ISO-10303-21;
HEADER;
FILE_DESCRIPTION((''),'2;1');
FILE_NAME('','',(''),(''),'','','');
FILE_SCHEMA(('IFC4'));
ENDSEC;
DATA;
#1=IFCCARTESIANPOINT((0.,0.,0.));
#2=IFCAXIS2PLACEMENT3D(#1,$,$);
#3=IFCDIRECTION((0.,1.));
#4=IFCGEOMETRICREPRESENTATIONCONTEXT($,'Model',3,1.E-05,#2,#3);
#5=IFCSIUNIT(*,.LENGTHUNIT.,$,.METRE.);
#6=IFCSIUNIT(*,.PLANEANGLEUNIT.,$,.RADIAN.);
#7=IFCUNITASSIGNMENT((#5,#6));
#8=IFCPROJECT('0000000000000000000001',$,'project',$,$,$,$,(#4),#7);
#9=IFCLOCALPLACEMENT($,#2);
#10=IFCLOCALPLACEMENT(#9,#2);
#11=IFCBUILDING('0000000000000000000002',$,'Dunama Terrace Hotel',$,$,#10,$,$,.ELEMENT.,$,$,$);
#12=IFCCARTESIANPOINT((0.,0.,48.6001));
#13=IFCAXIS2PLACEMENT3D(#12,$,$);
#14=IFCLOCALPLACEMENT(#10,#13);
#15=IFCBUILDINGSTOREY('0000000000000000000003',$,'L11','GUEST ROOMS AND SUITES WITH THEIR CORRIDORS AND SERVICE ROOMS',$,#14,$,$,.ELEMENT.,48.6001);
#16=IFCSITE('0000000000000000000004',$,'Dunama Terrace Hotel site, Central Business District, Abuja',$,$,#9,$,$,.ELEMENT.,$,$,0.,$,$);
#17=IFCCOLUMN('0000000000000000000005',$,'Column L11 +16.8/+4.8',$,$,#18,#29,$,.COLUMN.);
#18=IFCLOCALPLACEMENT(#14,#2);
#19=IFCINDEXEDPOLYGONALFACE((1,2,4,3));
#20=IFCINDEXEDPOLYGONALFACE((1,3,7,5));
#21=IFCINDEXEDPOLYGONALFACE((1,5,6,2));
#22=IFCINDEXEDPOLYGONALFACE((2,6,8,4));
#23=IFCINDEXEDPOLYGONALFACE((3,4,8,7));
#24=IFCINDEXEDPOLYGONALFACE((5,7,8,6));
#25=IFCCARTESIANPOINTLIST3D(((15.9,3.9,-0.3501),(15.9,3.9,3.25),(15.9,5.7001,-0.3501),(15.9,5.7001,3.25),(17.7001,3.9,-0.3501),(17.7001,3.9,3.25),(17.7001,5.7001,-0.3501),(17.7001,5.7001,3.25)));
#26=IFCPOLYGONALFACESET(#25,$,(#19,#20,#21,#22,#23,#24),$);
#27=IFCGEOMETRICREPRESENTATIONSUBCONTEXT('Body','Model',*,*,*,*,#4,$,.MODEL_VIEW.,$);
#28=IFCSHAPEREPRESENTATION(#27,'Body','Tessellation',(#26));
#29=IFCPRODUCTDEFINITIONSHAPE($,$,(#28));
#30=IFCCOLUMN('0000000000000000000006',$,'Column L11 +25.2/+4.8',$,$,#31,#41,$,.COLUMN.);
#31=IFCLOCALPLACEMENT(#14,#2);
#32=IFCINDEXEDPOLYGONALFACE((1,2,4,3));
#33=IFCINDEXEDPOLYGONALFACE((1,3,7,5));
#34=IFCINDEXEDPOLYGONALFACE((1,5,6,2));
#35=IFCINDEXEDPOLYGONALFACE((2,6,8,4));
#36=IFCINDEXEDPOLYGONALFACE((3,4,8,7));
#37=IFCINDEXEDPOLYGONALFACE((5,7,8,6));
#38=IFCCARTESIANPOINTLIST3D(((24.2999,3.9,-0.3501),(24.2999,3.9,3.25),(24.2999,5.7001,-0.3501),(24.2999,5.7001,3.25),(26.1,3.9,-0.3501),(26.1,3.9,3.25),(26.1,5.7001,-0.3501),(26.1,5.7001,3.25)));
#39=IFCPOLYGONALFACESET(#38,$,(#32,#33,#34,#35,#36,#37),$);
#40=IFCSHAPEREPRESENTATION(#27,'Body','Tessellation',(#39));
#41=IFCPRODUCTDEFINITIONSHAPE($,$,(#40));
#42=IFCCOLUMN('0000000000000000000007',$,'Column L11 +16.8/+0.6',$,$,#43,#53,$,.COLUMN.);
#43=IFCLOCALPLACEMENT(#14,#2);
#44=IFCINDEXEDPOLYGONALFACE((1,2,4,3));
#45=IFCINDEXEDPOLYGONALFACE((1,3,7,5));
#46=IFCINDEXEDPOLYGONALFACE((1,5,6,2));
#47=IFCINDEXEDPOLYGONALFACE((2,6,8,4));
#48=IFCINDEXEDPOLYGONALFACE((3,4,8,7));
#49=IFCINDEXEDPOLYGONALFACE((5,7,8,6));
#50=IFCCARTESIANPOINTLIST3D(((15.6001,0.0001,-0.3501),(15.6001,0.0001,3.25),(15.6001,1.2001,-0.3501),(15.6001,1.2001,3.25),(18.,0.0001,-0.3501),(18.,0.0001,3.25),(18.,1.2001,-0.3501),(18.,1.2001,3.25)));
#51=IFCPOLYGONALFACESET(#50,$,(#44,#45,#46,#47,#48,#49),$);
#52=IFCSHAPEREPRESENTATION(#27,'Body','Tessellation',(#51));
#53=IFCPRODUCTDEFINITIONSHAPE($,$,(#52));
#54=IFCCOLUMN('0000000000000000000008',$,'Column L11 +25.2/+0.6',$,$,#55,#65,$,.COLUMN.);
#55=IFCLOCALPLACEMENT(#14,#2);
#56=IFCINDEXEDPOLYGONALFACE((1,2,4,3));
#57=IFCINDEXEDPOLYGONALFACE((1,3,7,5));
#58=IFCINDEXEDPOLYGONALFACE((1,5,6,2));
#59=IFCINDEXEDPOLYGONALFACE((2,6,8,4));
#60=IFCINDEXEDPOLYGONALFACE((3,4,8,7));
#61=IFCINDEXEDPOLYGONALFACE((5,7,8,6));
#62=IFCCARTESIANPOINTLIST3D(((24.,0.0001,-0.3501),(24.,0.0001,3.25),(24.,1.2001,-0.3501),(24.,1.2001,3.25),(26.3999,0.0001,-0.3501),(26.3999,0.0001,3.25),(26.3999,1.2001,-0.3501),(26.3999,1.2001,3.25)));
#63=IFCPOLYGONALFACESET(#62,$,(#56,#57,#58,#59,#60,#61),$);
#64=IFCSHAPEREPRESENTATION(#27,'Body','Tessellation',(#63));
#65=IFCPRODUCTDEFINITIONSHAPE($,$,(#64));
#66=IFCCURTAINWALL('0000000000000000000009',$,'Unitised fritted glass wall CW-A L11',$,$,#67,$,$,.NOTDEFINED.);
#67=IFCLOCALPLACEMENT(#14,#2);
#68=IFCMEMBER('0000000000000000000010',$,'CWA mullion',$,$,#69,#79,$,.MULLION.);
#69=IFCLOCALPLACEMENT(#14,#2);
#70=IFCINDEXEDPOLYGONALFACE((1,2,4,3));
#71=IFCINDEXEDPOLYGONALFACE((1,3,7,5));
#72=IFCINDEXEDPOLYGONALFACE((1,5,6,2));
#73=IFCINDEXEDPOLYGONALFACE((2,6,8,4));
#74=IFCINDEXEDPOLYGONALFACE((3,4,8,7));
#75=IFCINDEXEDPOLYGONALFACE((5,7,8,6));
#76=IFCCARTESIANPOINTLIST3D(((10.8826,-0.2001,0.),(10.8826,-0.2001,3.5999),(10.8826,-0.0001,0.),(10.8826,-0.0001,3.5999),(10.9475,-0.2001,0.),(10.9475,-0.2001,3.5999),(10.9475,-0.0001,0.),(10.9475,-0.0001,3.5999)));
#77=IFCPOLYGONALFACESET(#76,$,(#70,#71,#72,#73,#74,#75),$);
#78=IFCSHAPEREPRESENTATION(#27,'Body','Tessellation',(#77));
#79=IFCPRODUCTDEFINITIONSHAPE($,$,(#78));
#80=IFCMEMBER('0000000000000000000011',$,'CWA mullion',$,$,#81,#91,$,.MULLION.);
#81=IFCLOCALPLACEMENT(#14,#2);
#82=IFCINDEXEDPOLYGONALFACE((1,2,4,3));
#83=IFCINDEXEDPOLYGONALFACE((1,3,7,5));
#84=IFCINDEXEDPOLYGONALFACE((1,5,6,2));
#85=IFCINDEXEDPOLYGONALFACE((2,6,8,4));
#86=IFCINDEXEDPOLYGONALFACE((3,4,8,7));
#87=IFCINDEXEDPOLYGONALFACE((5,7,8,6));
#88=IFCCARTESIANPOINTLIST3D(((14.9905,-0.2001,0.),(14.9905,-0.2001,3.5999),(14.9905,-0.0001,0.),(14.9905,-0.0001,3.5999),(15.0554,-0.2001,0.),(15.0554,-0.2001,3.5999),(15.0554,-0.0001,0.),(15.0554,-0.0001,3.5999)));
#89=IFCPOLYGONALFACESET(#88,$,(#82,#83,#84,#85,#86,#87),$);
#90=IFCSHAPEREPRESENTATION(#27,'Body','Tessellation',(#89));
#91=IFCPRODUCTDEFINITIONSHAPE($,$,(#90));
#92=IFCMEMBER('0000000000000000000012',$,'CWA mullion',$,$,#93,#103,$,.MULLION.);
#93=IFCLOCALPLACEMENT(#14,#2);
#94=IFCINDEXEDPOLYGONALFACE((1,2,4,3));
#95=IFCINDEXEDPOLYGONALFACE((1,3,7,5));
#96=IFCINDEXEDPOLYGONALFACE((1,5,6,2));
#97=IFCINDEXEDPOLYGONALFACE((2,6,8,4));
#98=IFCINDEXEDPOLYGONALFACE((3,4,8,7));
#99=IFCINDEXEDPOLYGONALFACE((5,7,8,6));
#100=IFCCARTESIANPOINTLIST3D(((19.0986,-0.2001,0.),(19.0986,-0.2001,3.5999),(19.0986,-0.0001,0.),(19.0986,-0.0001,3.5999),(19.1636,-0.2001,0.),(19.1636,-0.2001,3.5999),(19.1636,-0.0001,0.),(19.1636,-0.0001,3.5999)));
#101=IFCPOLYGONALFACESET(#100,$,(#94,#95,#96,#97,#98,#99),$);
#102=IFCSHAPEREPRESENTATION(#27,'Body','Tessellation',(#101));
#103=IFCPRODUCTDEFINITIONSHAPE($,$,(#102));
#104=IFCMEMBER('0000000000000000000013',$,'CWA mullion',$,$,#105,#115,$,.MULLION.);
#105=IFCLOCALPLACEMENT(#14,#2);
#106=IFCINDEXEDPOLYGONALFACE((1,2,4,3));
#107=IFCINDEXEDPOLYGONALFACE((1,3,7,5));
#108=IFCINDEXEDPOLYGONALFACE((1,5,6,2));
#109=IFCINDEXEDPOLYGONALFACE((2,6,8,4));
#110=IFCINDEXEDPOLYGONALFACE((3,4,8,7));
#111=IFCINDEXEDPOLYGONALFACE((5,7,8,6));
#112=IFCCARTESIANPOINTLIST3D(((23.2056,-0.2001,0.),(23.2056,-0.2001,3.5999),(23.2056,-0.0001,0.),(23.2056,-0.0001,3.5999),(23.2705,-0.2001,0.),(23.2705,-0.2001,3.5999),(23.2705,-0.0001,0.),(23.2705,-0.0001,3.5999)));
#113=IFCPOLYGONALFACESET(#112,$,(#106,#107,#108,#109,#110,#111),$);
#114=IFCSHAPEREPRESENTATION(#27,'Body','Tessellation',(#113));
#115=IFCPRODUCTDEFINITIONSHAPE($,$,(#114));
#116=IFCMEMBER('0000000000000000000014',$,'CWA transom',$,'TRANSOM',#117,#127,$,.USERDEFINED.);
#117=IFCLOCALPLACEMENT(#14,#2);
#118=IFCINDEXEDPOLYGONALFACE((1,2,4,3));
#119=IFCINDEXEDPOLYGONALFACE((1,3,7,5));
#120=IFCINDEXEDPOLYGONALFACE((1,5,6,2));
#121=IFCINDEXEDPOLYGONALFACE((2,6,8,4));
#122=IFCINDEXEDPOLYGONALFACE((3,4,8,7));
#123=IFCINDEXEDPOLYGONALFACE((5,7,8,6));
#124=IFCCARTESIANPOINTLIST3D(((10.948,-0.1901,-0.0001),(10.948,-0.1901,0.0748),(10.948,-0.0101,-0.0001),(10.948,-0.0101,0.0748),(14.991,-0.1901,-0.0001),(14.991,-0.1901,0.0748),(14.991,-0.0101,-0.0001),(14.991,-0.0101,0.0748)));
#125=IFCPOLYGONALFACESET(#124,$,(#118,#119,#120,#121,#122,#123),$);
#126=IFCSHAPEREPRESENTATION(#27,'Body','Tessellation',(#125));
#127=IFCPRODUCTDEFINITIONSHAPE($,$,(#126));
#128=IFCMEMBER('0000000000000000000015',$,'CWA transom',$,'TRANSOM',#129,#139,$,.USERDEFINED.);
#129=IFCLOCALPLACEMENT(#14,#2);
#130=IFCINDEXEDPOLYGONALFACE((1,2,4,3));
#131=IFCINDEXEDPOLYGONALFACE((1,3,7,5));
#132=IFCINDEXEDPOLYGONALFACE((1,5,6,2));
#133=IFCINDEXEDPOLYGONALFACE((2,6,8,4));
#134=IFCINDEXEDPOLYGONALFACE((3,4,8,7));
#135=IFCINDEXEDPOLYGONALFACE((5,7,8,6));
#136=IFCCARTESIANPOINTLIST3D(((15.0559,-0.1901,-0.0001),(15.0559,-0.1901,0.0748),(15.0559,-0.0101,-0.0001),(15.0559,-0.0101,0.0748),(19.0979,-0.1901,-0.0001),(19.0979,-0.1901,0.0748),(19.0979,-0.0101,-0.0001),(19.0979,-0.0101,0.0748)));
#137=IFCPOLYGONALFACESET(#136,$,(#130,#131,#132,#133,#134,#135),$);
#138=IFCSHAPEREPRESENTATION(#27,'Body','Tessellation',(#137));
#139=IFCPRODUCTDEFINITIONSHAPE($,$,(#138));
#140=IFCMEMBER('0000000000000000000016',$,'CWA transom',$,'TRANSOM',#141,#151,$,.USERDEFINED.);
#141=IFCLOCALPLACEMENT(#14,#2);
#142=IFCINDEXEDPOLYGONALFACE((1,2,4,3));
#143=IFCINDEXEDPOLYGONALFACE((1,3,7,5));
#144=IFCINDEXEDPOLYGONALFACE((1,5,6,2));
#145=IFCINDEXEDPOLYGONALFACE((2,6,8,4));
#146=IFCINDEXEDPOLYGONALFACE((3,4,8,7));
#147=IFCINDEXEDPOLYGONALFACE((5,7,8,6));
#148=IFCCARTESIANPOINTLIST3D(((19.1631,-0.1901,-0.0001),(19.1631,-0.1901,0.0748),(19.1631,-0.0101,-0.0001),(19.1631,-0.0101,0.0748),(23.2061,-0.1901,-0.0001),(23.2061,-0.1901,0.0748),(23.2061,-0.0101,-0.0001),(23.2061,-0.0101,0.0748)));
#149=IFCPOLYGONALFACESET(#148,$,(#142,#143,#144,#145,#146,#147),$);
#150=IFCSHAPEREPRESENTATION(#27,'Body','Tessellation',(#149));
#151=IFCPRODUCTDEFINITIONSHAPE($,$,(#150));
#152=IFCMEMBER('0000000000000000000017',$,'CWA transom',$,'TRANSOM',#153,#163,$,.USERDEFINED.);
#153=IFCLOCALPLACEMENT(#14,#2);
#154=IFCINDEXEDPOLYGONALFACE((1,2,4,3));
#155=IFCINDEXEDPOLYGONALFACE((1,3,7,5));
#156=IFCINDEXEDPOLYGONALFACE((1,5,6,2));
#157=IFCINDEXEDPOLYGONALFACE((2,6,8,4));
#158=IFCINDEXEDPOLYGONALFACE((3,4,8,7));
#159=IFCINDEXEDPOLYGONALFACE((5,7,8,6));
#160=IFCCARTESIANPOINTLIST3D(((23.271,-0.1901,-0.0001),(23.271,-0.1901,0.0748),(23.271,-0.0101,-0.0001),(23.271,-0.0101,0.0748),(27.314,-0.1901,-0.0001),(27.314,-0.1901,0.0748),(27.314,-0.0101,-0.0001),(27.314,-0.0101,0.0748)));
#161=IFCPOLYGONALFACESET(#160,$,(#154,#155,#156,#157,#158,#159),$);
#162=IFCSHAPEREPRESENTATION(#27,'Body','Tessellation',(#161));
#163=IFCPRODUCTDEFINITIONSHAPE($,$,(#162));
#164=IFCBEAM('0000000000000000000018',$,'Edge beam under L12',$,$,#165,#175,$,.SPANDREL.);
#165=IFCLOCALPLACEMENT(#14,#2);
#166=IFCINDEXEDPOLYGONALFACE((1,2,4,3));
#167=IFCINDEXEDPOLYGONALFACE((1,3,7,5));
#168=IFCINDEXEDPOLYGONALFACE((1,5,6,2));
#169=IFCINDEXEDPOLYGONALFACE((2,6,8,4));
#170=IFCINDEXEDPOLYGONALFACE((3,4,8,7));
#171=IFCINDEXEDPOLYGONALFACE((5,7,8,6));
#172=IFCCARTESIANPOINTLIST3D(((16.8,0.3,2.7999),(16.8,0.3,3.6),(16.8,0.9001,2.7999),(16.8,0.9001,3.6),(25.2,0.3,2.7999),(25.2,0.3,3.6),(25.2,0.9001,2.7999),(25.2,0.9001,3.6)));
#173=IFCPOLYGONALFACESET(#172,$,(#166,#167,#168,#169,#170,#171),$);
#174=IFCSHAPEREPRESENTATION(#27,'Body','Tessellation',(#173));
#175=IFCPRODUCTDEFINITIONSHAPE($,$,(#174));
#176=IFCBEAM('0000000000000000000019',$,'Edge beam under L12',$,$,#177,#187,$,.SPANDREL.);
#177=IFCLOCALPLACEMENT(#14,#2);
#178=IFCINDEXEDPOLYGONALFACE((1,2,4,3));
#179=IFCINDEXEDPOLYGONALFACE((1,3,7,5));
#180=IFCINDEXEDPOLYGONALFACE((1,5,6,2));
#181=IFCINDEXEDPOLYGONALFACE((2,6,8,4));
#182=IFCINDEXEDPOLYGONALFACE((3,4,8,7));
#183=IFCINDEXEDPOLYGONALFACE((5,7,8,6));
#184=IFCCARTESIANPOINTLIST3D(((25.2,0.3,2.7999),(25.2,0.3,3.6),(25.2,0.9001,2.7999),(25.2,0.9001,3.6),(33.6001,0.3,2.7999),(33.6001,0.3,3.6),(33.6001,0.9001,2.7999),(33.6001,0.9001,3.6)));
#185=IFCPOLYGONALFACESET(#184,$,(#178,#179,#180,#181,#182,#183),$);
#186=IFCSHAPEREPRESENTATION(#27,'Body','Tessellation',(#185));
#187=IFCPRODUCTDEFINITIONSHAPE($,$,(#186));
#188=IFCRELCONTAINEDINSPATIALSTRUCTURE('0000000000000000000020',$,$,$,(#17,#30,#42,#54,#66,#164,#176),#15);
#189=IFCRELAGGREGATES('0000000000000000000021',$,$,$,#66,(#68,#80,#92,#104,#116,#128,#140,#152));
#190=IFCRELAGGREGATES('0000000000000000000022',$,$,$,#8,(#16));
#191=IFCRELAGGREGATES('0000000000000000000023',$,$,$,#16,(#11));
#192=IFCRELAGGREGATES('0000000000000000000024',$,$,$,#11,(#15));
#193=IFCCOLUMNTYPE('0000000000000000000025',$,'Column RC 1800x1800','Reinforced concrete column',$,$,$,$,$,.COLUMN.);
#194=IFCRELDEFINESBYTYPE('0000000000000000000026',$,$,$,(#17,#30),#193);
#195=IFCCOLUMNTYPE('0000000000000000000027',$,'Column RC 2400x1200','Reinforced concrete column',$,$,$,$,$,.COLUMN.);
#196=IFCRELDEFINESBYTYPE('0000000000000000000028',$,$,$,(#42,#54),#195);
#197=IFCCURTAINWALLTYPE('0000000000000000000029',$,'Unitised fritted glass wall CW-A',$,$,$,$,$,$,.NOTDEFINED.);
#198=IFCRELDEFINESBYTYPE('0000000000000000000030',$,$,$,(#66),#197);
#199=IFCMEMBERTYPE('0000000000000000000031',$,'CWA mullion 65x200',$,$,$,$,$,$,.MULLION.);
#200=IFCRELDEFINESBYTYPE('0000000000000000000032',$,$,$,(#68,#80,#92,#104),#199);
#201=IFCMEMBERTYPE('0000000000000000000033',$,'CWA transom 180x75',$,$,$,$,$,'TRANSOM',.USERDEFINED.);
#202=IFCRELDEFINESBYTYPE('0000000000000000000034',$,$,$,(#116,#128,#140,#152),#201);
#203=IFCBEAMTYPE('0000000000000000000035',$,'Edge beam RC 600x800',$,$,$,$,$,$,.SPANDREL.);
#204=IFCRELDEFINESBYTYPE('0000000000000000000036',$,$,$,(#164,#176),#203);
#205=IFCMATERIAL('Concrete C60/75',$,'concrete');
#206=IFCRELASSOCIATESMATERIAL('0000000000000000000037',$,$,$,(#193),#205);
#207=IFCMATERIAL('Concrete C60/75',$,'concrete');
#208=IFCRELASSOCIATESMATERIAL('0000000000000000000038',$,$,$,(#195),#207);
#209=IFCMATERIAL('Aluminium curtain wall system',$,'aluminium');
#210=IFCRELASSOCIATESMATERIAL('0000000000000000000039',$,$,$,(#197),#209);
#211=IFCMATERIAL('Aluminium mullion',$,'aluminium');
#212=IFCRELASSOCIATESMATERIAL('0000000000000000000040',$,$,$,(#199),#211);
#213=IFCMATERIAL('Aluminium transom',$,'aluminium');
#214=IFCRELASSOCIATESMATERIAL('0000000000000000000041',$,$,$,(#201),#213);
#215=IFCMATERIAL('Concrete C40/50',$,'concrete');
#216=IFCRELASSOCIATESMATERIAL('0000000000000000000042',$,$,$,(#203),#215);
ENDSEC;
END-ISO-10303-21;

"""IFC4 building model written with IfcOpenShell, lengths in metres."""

from ifc_helpers import new_model, si_unit, direction, frame, origin, origin_2d, place, context, subcontext, project, spatial, rectangle, extrude, material, material_profile, profile_set, type_object, element, aggregate, save


model = new_model("IFC4")

# Units and contexts
model_context = context("Model", 3, precision=1e-05, world=origin(), true_north=direction((0.0, 1.0)))
body_context = subcontext(model_context, "Body", "Model", "MODEL_VIEW")
ifc_project = project(units=[si_unit("LENGTHUNIT", "METRE"), si_unit("PLANEANGLEUNIT", "RADIAN")], contexts=[model_context])

# Site, building, storey
site_placement = place(None, origin())
site = spatial("IfcSite", under=ifc_project, at=site_placement, Name="Dunama Terrace Hotel site, Central Business District, Abuja", CompositionType="ELEMENT", RefElevation=0.0)
building_placement = place(site_placement, origin())
building = spatial("IfcBuilding", under=site, at=building_placement, Name="Dunama Terrace Hotel", CompositionType="ELEMENT")
storey_placement = place(building_placement, frame((0.0, 0.0, 48.6001)))
storey = spatial("IfcBuildingStorey", under=building, at=storey_placement, Name="L11", Description="GUEST ROOMS AND SUITES WITH THEIR CORRIDORS AND SERVICE ROOMS", CompositionType="ELEMENT", Elevation=48.6001)

# Columns
ifc_material_1 = material(Name="Concrete C60/75", Category="concrete")
ifc_material_profile_1 = material_profile(ifc_material_1, rectangle(XDim=1.8, YDim=1.8, at=origin_2d()), Name="RC 1800x1800")
ifc_profile_set_1 = profile_set([ifc_material_profile_1], Name="Concrete C60/75")
column_type_1 = type_object("IfcColumnType", Name="Column RC 1800x1800", Description="Reinforced concrete column", PredefinedType="COLUMN", material=ifc_profile_set_1)
for number, where, z_axis, x_axis, name in (
    (1, (16.8, 4.8, -0.3501), (0.0, 0.0, 1.0), (1.0, 0.0, 0.0), "Column L11 +16.8/+4.8"),
    (2, (25.2, 4.8, -0.3501), (0.0, 0.0, 1.0), (1.0, 0.0, 0.0), "Column L11 +25.2/+4.8"),
):
    element("IfcColumn", number, at=place(storey_placement, frame(where, z_axis=z_axis, x_axis=x_axis)), inside=storey, type_object=column_type_1, Name=name, PredefinedType="COLUMN", context=body_context, shape_type="SweptSolid", body=[
        extrude(rectangle(XDim=1.8, YDim=1.8, at=origin_2d()), origin(), (0.0, 0.0, 1.0), 3.6001),
    ])
ifc_material_2 = material(Name="Concrete C60/75", Category="concrete")
ifc_material_profile_2 = material_profile(ifc_material_2, rectangle(XDim=2.3999, YDim=1.2, at=origin_2d()), Name="RC 2400x1200")
ifc_profile_set_2 = profile_set([ifc_material_profile_2], Name="Concrete C60/75")
column_type_2 = type_object("IfcColumnType", Name="Column RC 2400x1200", Description="Reinforced concrete column", PredefinedType="COLUMN", material=ifc_profile_set_2)
for number, where, z_axis, x_axis, name in (
    (3, (16.8, 0.6001, -0.3501), (0.0, 0.0, 1.0), (1.0, 0.0, 0.0), "Column L11 +16.8/+0.6"),
    (4, (25.2, 0.6001, -0.3501), (0.0, 0.0, 1.0), (1.0, 0.0, 0.0), "Column L11 +25.2/+0.6"),
):
    element("IfcColumn", number, at=place(storey_placement, frame(where, z_axis=z_axis, x_axis=x_axis)), inside=storey, type_object=column_type_2, Name=name, PredefinedType="COLUMN", context=body_context, shape_type="SweptSolid", body=[
        extrude(rectangle(XDim=2.3999, YDim=1.2, at=origin_2d()), origin(), (0.0, 0.0, 1.0), 3.6001),
    ])

# Curtain wall, members
ifc_material_3 = material(Name="Aluminium curtain wall system", Category="aluminium")
curtain_wall_type = type_object("IfcCurtainWallType", Name="Unitised fritted glass wall CW-A", PredefinedType="NOTDEFINED", material=ifc_material_3)
curtain_wall_placement = place(storey_placement, origin())
curtain_wall = element("IfcCurtainWall", 5, at=curtain_wall_placement, inside=storey, type_object=curtain_wall_type, Name="Unitised fritted glass wall CW-A L11", PredefinedType="NOTDEFINED")
ifc_material_4 = material(Name="Aluminium mullion", Category="aluminium")
ifc_material_profile_3 = material_profile(ifc_material_4, rectangle(XDim=0.0649, YDim=0.2, at=origin_2d()), Name="CWA MULLION 65X200")
ifc_profile_set_3 = profile_set([ifc_material_profile_3], Name="Aluminium mullion")
member_type_1 = type_object("IfcMemberType", Name="CWA mullion 65x200", PredefinedType="MULLION", material=ifc_profile_set_3)
member_1_placement = place(storey_placement, frame((10.915, -0.1001, 0.0), z_axis=(0.0, 0.0, 1.0), x_axis=(1.0, 0.0, 0.0)))
member_1 = element("IfcMember", 6, at=member_1_placement, type_object=member_type_1, Name="CWA mullion", PredefinedType="MULLION", context=body_context, shape_type="SweptSolid", body=[
    extrude(rectangle(XDim=0.0649, YDim=0.2, at=origin_2d()), origin(), (0.0, 0.0, 1.0), 3.5999),
])
member_2_placement = place(storey_placement, frame((15.0229, -0.1001, 0.0), z_axis=(0.0, 0.0, 1.0), x_axis=(1.0, 0.0, 0.0)))
member_2 = element("IfcMember", 7, at=member_2_placement, type_object=member_type_1, Name="CWA mullion", PredefinedType="MULLION", context=body_context, shape_type="SweptSolid", body=[
    extrude(rectangle(XDim=0.0649, YDim=0.2, at=origin_2d()), origin(), (0.0, 0.0, 1.0), 3.5999),
])
member_3_placement = place(storey_placement, frame((19.1311, -0.1001, 0.0), z_axis=(0.0, 0.0, 1.0), x_axis=(1.0, 0.0, 0.0)))
member_3 = element("IfcMember", 8, at=member_3_placement, type_object=member_type_1, Name="CWA mullion", PredefinedType="MULLION", context=body_context, shape_type="SweptSolid", body=[
    extrude(rectangle(XDim=0.0649, YDim=0.2, at=origin_2d()), origin(), (0.0, 0.0, 1.0), 3.5999),
])
member_4_placement = place(storey_placement, frame((23.238, -0.1001, 0.0), z_axis=(0.0, 0.0, 1.0), x_axis=(1.0, 0.0, 0.0)))
member_4 = element("IfcMember", 9, at=member_4_placement, type_object=member_type_1, Name="CWA mullion", PredefinedType="MULLION", context=body_context, shape_type="SweptSolid", body=[
    extrude(rectangle(XDim=0.0649, YDim=0.2, at=origin_2d()), origin(), (0.0, 0.0, 1.0), 3.5999),
])
ifc_material_5 = material(Name="Aluminium transom", Category="aluminium")
ifc_material_profile_4 = material_profile(ifc_material_5, rectangle(XDim=0.1799, YDim=0.075, at=origin_2d()), Name="CWA TRANSOM 180X75")
ifc_profile_set_4 = profile_set([ifc_material_profile_4], Name="Aluminium transom")
member_type_2 = type_object("IfcMemberType", Name="CWA transom 180x75", ElementType="TRANSOM", PredefinedType="USERDEFINED", material=ifc_profile_set_4)
member_5_placement = place(storey_placement, frame((10.948, -0.1001, 0.0374), z_axis=(1.0, 0.0, 0.0), x_axis=(0.0, 1.0, 0.0)))
member_5 = element("IfcMember", 10, at=member_5_placement, type_object=member_type_2, Name="CWA transom", ObjectType="TRANSOM", PredefinedType="USERDEFINED", context=body_context, shape_type="SweptSolid", body=[
    extrude(rectangle(XDim=0.1799, YDim=0.075, at=origin_2d()), origin(), (0.0, 0.0, 1.0), 4.043),
])
member_6_placement = place(storey_placement, frame((15.0559, -0.1001, 0.0374), z_axis=(1.0, 0.0, 0.0), x_axis=(0.0, 1.0, 0.0)))
member_6 = element("IfcMember", 11, at=member_6_placement, type_object=member_type_2, Name="CWA transom", ObjectType="TRANSOM", PredefinedType="USERDEFINED", context=body_context, shape_type="SweptSolid", body=[
    extrude(rectangle(XDim=0.1799, YDim=0.075, at=origin_2d()), origin(), (0.0, 0.0, 1.0), 4.042),
])
member_7_placement = place(storey_placement, frame((19.1631, -0.1001, 0.0374), z_axis=(1.0, 0.0, 0.0), x_axis=(0.0, 1.0, 0.0)))
member_7 = element("IfcMember", 12, at=member_7_placement, type_object=member_type_2, Name="CWA transom", ObjectType="TRANSOM", PredefinedType="USERDEFINED", context=body_context, shape_type="SweptSolid", body=[
    extrude(rectangle(XDim=0.1799, YDim=0.075, at=origin_2d()), origin(), (0.0, 0.0, 1.0), 4.043),
])
member_8_placement = place(storey_placement, frame((23.271, -0.1001, 0.0374), z_axis=(1.0, 0.0, 0.0), x_axis=(0.0, 1.0, 0.0)))
member_8 = element("IfcMember", 13, at=member_8_placement, type_object=member_type_2, Name="CWA transom", ObjectType="TRANSOM", PredefinedType="USERDEFINED", context=body_context, shape_type="SweptSolid", body=[
    extrude(rectangle(XDim=0.1799, YDim=0.075, at=origin_2d()), origin(), (0.0, 0.0, 1.0), 4.043),
])

# Beams
ifc_material_6 = material(Name="Concrete C40/50", Category="concrete")
ifc_material_profile_5 = material_profile(ifc_material_6, rectangle(XDim=0.6001, YDim=0.8, at=origin_2d()), Name="RC 600x800")
ifc_profile_set_5 = profile_set([ifc_material_profile_5], Name="Concrete C40/50")
beam_type = type_object("IfcBeamType", Name="Edge beam RC 600x800", PredefinedType="SPANDREL", material=ifc_profile_set_5)
beam_1_placement = place(storey_placement, frame((16.8, 0.6001, 3.2), z_axis=(1.0, 0.0, 0.0), x_axis=(0.0, 1.0, 0.0)))
element("IfcBeam", 14, at=beam_1_placement, inside=storey, type_object=beam_type, Name="Edge beam under L12", PredefinedType="SPANDREL", context=body_context, shape_type="SweptSolid", body=[
    extrude(rectangle(XDim=0.6001, YDim=0.8, at=origin_2d()), origin(), (0.0, 0.0, 1.0), 8.3999),
])
beam_2_placement = place(storey_placement, frame((25.2, 0.6001, 3.2), z_axis=(1.0, 0.0, 0.0), x_axis=(0.0, 1.0, 0.0)))
element("IfcBeam", 15, at=beam_2_placement, inside=storey, type_object=beam_type, Name="Edge beam under L12", PredefinedType="SPANDREL", context=body_context, shape_type="SweptSolid", body=[
    extrude(rectangle(XDim=0.6001, YDim=0.8, at=origin_2d()), origin(), (0.0, 0.0, 1.0), 8.4001),
])

aggregate(curtain_wall, [member_1, member_2, member_3, member_4, member_5, member_6, member_7, member_8])

save(model, "model.ifc")
